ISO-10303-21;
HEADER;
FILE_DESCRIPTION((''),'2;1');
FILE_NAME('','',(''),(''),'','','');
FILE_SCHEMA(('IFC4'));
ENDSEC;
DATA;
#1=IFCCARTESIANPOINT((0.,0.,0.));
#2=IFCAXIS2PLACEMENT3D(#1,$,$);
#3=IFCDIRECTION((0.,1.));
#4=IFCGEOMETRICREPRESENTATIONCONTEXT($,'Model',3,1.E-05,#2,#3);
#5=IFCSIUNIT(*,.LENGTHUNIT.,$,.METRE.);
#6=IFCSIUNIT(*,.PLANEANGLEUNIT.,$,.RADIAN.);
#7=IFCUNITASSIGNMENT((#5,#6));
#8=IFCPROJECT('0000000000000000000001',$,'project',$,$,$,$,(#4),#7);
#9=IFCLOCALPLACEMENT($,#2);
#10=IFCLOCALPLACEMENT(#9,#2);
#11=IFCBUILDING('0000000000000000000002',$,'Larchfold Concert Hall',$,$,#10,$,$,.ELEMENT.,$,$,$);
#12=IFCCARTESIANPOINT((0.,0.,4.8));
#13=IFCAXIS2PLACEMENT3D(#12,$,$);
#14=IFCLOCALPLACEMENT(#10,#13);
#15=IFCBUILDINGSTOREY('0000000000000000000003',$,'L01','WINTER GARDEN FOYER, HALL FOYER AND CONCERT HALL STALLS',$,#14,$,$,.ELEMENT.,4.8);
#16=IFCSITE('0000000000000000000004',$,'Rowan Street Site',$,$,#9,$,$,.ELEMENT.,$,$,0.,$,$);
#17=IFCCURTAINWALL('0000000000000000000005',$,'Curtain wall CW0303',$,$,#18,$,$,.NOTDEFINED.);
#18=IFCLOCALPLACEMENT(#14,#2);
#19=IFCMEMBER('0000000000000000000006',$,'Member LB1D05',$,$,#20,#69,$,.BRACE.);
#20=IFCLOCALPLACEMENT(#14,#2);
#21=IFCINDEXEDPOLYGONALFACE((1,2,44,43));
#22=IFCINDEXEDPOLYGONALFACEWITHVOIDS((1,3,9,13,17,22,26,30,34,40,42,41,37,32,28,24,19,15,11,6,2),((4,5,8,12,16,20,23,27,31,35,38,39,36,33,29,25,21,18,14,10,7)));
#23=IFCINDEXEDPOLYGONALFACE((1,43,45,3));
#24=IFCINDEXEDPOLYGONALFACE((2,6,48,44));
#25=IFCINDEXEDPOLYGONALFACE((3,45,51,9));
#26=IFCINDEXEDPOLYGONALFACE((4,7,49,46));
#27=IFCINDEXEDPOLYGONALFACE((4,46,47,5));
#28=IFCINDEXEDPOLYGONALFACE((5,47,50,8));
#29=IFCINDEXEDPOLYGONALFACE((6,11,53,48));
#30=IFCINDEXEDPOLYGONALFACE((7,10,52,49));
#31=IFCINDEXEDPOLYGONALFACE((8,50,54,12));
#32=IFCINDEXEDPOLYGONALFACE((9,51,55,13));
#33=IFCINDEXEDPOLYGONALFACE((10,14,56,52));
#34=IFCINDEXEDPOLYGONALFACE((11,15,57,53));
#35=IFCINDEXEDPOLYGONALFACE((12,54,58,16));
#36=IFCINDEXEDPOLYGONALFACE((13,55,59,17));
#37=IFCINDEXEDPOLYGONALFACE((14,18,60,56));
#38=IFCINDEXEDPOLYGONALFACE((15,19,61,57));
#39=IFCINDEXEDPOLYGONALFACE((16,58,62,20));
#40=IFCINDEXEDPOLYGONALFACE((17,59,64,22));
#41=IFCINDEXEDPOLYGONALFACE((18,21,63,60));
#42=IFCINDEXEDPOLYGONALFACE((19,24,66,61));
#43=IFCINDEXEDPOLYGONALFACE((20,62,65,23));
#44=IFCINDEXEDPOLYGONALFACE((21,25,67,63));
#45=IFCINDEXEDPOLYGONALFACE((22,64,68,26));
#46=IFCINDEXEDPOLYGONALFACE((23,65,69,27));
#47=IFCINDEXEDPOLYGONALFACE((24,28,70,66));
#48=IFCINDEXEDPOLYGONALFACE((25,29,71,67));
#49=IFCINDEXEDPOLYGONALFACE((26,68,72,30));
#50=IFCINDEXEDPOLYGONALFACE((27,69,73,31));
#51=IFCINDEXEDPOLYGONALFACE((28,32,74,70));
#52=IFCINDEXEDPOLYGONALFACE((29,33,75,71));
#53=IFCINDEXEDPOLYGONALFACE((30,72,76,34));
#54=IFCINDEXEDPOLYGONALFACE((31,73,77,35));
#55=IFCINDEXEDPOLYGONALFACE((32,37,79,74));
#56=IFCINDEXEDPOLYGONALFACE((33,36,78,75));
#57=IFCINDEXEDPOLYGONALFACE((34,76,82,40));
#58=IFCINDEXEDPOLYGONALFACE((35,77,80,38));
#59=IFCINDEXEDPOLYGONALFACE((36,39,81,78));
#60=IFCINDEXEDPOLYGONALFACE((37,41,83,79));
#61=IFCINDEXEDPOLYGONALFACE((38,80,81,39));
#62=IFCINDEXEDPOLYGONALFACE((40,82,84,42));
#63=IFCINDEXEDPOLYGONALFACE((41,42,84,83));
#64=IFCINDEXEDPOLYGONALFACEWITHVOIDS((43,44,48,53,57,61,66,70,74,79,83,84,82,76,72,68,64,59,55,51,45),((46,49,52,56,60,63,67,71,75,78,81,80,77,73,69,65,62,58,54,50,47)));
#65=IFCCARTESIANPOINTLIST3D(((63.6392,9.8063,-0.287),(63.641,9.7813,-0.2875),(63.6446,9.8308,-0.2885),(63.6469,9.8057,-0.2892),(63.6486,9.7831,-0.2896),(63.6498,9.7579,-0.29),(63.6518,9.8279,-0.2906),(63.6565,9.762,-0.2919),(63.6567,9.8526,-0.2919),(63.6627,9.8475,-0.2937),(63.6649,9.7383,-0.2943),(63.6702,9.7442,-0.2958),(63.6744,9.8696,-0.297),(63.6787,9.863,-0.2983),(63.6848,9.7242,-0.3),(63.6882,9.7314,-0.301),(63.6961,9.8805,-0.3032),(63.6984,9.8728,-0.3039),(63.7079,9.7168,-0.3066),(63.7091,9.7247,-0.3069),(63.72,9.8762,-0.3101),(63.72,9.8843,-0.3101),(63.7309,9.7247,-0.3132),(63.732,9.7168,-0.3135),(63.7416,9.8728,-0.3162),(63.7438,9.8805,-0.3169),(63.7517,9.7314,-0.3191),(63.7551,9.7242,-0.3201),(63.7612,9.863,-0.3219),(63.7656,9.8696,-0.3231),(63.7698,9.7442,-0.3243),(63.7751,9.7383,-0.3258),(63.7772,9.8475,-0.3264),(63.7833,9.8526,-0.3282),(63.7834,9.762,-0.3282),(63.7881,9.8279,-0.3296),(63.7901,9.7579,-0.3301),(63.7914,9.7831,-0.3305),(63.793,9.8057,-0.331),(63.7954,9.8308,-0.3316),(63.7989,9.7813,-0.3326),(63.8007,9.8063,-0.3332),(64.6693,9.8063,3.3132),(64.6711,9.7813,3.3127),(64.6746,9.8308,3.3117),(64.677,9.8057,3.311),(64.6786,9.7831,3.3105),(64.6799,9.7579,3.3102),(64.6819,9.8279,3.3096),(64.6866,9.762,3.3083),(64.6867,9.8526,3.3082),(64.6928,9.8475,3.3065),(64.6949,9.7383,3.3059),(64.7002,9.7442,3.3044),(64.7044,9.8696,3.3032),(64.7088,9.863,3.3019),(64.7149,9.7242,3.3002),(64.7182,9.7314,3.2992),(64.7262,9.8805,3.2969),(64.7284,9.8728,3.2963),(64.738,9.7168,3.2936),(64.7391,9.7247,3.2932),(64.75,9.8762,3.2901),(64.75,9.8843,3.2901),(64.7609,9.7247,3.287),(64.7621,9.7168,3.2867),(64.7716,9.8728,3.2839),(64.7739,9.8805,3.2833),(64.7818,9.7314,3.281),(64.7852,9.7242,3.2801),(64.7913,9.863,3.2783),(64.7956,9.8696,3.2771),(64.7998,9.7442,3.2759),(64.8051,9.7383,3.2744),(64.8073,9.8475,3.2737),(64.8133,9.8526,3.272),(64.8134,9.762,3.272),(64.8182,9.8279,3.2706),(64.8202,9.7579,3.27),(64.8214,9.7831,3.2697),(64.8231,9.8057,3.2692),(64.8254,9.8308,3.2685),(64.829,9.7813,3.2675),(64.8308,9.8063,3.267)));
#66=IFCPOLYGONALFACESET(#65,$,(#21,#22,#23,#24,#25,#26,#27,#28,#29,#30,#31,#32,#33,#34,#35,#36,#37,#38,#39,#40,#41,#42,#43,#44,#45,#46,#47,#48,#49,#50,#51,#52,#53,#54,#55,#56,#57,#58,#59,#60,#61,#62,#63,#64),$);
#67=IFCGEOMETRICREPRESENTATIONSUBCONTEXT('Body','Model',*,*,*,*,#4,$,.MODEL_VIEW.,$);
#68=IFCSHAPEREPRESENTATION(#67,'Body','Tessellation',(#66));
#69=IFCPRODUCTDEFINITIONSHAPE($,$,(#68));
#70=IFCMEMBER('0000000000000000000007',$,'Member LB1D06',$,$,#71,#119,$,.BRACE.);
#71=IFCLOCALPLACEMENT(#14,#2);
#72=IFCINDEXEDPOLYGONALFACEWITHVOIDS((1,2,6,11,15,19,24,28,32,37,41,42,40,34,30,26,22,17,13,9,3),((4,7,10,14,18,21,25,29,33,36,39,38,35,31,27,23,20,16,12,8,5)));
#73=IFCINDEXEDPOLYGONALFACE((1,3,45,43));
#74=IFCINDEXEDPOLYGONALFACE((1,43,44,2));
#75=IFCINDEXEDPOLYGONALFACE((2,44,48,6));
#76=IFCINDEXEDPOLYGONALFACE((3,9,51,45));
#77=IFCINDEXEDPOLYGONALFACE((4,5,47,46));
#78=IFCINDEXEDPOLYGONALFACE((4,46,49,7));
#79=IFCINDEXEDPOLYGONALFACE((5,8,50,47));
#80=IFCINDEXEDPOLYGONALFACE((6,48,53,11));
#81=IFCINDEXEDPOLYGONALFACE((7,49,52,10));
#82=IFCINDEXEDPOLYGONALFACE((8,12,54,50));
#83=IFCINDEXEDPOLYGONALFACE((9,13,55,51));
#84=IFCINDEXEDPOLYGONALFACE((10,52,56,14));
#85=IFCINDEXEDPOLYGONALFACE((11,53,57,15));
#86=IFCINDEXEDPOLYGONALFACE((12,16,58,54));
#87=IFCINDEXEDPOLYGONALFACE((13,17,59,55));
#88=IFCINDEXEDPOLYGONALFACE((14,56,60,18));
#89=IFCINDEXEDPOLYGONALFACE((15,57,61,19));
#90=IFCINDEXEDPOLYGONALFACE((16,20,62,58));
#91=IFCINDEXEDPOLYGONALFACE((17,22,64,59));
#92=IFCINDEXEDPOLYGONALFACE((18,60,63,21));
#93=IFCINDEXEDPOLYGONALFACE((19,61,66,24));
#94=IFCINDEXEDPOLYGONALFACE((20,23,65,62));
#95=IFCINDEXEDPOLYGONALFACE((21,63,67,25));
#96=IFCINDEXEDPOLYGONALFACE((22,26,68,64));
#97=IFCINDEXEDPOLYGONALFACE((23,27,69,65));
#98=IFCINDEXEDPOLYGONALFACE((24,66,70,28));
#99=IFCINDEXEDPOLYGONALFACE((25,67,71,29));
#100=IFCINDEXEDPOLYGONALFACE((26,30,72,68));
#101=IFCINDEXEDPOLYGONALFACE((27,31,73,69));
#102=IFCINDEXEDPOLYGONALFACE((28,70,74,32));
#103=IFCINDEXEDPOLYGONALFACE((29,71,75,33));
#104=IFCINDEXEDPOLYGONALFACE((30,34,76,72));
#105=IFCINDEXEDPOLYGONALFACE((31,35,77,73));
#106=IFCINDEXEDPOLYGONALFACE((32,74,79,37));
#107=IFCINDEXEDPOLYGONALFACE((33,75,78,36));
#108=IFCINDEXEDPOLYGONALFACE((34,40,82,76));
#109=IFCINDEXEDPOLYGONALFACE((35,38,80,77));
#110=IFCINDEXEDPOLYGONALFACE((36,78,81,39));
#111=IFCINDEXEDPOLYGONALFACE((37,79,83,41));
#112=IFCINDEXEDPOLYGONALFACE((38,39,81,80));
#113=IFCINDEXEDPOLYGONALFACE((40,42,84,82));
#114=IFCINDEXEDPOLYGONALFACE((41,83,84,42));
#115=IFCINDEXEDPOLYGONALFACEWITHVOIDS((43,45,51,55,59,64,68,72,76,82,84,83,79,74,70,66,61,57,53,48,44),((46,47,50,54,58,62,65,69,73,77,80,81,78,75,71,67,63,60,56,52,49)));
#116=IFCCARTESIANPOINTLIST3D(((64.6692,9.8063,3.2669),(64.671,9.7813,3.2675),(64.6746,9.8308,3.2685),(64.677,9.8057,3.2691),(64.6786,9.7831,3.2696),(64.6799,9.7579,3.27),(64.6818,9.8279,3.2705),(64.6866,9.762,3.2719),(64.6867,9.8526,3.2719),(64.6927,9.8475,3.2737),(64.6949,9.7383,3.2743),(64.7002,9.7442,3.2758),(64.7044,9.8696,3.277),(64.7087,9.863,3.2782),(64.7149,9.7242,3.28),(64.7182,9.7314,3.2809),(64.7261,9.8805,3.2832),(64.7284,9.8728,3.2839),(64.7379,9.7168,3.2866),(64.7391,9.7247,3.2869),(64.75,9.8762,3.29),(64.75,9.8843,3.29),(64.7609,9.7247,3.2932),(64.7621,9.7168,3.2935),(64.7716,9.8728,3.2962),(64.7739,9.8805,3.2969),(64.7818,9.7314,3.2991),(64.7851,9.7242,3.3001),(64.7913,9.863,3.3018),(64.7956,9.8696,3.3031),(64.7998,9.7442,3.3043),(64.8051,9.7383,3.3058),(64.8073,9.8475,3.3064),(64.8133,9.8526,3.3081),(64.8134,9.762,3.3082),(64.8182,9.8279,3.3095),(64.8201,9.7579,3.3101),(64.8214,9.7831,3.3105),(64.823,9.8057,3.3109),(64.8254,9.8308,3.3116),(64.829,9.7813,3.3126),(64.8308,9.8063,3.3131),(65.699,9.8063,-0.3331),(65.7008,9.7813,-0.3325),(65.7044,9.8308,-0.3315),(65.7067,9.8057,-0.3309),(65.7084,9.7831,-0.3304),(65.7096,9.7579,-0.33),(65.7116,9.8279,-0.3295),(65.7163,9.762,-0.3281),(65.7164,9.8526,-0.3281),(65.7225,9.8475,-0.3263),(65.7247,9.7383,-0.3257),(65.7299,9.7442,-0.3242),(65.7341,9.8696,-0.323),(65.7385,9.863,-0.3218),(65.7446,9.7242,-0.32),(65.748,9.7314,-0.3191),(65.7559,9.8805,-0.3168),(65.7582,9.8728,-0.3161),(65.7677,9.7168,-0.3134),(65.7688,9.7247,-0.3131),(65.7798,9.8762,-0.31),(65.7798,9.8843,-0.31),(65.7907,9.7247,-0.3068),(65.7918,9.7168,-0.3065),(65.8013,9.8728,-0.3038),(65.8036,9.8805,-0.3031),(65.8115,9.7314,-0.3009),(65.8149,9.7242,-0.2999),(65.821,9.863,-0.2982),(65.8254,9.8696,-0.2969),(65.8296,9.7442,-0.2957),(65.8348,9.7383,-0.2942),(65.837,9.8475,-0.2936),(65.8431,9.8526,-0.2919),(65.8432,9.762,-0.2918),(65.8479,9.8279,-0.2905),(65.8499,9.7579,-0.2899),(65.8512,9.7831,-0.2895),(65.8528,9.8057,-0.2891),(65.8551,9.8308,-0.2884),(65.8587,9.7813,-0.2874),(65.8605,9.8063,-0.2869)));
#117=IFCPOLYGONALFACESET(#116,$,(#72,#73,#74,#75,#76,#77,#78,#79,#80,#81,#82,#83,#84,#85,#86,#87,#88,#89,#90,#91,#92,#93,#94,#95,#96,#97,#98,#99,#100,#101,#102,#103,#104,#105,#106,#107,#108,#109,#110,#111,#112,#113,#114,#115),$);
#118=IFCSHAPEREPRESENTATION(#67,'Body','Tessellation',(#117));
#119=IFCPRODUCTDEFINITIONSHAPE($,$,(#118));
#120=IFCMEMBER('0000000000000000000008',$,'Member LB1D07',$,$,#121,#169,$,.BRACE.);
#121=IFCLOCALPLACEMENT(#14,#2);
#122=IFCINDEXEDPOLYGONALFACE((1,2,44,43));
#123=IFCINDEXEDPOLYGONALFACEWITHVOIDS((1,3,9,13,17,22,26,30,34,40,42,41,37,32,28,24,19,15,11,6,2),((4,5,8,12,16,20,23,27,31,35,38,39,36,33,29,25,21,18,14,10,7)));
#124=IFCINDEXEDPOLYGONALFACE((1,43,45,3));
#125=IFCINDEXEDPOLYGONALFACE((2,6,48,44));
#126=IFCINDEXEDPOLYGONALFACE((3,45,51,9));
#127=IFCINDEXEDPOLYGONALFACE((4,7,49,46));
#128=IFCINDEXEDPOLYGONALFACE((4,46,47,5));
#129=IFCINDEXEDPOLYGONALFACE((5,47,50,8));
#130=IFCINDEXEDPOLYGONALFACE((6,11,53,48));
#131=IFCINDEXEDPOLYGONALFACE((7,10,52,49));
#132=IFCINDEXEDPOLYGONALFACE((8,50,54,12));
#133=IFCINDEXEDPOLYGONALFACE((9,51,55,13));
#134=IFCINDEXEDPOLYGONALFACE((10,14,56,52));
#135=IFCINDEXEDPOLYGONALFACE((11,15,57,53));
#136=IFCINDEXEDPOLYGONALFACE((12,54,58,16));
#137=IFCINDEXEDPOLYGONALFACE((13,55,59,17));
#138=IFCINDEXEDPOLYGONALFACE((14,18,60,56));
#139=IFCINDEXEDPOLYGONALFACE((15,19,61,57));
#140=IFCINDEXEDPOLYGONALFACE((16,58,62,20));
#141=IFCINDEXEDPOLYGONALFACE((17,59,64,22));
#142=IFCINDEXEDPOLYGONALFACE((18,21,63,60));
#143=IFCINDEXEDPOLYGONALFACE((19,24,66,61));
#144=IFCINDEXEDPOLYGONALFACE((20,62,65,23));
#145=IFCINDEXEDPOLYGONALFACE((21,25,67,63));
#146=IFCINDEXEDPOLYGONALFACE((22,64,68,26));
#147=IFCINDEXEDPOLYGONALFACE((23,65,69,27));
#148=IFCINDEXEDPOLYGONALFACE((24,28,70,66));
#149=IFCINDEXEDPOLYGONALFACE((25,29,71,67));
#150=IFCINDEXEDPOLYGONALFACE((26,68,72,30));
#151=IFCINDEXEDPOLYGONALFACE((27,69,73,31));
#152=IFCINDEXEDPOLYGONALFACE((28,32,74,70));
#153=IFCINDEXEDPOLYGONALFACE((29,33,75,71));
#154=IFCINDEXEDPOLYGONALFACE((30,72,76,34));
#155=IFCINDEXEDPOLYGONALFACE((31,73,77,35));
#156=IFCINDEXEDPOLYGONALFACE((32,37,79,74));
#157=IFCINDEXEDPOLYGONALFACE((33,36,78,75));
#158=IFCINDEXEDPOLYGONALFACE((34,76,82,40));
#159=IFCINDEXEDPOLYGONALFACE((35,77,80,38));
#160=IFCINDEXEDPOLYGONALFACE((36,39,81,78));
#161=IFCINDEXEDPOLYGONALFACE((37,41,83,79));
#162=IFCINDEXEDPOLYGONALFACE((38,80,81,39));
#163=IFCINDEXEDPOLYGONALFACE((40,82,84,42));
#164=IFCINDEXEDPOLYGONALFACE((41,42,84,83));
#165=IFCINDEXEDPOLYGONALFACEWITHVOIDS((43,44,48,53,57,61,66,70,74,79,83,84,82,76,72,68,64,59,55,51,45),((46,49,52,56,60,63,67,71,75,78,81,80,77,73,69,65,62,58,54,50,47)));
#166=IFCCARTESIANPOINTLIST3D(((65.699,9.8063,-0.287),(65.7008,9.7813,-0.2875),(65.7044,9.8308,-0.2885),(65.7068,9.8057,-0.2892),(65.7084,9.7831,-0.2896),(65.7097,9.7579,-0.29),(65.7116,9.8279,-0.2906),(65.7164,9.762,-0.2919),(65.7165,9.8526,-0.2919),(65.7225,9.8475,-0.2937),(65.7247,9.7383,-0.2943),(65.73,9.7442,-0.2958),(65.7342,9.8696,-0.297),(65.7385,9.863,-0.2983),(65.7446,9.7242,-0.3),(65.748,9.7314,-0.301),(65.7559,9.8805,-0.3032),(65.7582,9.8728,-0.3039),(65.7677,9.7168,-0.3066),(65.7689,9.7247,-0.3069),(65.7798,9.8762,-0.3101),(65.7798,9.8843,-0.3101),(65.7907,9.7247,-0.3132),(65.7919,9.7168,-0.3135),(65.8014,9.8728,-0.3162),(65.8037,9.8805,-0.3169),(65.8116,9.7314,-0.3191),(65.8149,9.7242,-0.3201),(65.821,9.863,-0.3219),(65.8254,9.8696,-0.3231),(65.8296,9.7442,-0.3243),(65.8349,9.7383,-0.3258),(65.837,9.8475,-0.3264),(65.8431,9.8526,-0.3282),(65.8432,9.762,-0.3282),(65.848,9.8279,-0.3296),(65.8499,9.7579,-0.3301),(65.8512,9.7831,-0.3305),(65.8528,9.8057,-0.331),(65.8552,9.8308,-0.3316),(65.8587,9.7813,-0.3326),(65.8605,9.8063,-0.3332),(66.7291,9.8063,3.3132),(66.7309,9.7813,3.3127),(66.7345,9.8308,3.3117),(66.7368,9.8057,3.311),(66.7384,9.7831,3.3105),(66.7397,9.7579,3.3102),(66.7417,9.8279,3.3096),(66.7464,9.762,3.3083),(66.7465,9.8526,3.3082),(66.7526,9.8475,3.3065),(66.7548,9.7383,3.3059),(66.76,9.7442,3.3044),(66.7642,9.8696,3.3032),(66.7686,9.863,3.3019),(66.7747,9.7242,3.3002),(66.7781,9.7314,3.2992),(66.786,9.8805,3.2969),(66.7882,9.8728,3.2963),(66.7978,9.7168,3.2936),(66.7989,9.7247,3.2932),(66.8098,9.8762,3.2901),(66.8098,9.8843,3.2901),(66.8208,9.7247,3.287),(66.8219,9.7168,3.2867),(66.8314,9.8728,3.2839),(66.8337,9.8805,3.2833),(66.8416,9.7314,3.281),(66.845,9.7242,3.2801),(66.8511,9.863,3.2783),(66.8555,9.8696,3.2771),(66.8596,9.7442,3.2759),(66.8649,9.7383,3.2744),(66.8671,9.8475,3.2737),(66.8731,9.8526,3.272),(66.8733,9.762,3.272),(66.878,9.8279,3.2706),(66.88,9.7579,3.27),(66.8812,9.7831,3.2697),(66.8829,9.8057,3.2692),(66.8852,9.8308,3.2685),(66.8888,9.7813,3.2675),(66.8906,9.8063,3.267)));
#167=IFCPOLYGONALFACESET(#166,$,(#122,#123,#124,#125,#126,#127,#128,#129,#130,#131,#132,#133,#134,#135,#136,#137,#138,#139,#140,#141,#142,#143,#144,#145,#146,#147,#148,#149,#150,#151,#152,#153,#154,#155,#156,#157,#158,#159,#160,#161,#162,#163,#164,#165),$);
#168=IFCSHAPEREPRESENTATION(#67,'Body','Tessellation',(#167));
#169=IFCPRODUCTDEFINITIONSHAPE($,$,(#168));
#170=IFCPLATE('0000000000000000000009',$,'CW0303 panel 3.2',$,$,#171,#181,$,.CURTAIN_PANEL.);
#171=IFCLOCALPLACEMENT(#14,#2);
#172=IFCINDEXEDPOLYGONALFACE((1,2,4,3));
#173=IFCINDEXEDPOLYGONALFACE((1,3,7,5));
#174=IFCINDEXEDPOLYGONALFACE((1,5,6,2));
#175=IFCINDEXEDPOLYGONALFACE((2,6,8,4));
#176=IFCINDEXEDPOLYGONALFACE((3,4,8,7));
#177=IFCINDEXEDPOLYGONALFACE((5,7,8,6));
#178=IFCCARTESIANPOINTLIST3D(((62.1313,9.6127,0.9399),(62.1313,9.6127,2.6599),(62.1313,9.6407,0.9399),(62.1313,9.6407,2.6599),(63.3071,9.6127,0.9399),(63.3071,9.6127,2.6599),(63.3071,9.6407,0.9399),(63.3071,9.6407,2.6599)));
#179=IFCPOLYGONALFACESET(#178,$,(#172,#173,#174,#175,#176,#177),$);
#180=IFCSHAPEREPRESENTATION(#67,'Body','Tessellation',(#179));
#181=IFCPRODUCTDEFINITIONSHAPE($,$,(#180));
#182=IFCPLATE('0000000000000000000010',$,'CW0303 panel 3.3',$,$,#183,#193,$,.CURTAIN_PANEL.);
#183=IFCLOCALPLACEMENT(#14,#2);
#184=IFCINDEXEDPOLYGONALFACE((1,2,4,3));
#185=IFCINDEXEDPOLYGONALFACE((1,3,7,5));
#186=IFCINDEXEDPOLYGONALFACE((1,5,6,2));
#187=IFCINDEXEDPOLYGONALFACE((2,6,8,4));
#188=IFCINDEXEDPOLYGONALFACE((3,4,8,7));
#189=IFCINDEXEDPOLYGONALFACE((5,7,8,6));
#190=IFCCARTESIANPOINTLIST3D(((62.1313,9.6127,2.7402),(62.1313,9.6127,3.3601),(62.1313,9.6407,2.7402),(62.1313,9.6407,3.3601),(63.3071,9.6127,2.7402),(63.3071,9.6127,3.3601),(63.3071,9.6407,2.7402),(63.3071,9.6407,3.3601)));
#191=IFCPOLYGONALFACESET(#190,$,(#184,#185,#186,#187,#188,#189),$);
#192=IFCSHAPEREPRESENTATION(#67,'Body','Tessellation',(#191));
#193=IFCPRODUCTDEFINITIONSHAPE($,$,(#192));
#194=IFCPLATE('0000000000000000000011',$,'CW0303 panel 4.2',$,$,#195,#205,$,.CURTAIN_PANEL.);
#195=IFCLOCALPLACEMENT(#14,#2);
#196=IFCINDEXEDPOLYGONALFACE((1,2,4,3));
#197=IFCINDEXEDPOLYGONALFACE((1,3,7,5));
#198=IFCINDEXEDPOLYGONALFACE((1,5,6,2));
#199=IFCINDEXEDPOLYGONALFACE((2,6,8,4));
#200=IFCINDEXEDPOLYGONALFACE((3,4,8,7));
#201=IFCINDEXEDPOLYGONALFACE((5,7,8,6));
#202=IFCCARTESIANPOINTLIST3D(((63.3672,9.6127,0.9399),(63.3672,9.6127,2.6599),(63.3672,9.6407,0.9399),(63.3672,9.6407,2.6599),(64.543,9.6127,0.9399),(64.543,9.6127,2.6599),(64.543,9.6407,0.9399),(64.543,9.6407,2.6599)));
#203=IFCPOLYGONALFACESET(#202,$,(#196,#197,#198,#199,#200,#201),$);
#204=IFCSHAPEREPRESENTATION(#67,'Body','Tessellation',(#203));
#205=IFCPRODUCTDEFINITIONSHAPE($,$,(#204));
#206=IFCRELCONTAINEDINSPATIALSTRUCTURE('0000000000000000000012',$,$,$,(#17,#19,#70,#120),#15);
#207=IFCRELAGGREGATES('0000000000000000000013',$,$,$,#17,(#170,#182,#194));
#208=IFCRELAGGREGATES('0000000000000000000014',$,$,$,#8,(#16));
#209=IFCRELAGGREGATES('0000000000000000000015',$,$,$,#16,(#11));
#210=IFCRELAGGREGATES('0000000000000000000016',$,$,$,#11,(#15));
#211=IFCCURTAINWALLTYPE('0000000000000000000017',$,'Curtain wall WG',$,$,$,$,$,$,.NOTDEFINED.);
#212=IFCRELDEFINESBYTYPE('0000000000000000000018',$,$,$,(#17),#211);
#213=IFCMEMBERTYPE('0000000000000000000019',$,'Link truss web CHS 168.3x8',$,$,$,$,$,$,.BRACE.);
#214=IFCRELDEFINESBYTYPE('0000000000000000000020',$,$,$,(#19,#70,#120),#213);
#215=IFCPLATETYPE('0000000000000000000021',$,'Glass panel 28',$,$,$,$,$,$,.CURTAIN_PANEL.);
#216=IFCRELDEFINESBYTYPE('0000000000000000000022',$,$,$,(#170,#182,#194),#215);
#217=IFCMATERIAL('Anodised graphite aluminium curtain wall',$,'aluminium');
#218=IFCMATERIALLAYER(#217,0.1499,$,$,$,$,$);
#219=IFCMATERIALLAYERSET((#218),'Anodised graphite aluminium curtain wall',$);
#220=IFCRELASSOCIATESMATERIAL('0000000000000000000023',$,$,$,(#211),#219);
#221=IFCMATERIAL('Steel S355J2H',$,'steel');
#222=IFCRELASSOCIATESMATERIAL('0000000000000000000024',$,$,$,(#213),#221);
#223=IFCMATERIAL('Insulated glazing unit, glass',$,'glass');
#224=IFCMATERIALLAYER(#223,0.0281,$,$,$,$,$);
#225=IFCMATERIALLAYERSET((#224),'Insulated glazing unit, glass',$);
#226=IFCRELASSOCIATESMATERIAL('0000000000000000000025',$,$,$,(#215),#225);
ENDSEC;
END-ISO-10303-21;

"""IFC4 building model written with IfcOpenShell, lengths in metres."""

from ifc_helpers import new_model, si_unit, direction, frame, origin, origin_2d, place, context, subcontext, project, spatial, rectangle, hollow_circle, extrude, material, layer, layer_set, material_profile, profile_set, type_object, element, aggregate, save


model = new_model("IFC4")

# Units and contexts
model_context = context("Model", 3, precision=1e-05, world=origin(), true_north=direction((0.0, 1.0)))
body_context = subcontext(model_context, "Body", "Model", "MODEL_VIEW")
ifc_project = project(units=[si_unit("LENGTHUNIT", "METRE"), si_unit("PLANEANGLEUNIT", "RADIAN")], contexts=[model_context])

# Site, building, storey
site_placement = place(None, origin())
site = spatial("IfcSite", under=ifc_project, at=site_placement, Name="Rowan Street Site", CompositionType="ELEMENT", RefElevation=0.0)
building_placement = place(site_placement, origin())
building = spatial("IfcBuilding", under=site, at=building_placement, Name="Larchfold Concert Hall", CompositionType="ELEMENT")
storey_placement = place(building_placement, frame((0.0, 0.0, 4.8)))
storey = spatial("IfcBuildingStorey", under=building, at=storey_placement, Name="L01", Description="WINTER GARDEN FOYER, HALL FOYER AND CONCERT HALL STALLS", CompositionType="ELEMENT", Elevation=4.8)

# Curtain wall
ifc_material_1 = material(Name="Anodised graphite aluminium curtain wall", Category="aluminium")
ifc_layer_1 = layer(ifc_material_1, 0.1499)
ifc_layer_set_1 = layer_set([ifc_layer_1], Name="Anodised graphite aluminium curtain wall")
curtain_wall_type = type_object("IfcCurtainWallType", Name="Curtain wall WG", PredefinedType="NOTDEFINED", material=ifc_layer_set_1)
curtain_wall_1_placement = place(storey_placement, origin())
curtain_wall_1 = element("IfcCurtainWall", 1, at=curtain_wall_1_placement, inside=storey, type_object=curtain_wall_type, Name="Curtain wall CW0303", PredefinedType="NOTDEFINED")

# Members
ifc_material_2 = material(Name="Steel S355J2H", Category="steel")
ifc_material_profile_1 = material_profile(ifc_material_2, hollow_circle(Radius=0.0842, WallThickness=0.0081, at=origin_2d()))
ifc_profile_set_1 = profile_set([ifc_material_profile_1], Name="Steel S355J2H")
member_type_1 = type_object("IfcMemberType", Name="Link truss web CHS 168.3x8", PredefinedType="BRACE", material=ifc_profile_set_1)
for number, where, z_axis, x_axis, name in (
    (2, (63.72, 9.8, -0.3101), (0.275074, 0.0, 0.961423), (0.0, 1.0, 0.0), "Member LB1D05"),
):
    element("IfcMember", number, at=place(storey_placement, frame(where, z_axis=z_axis, x_axis=x_axis)), inside=storey, type_object=member_type_1, Name=name, PredefinedType="BRACE", context=body_context, shape_type="SweptSolid", body=[
        extrude(hollow_circle(Radius=0.0842, WallThickness=0.0081, at=origin_2d()), origin(), (0.0, 0.0, 1.0), 3.7446),
    ])
member_1_placement = place(storey_placement, frame((64.75, 9.8, 3.29), z_axis=(0.275014, 0.0, -0.96144), x_axis=(0.0, 1.0, 0.0)))
element("IfcMember", 3, at=member_1_placement, inside=storey, type_object=member_type_1, Name="Member LB1D06", PredefinedType="BRACE", context=body_context, shape_type="SweptSolid", body=[
    extrude(hollow_circle(Radius=0.0842, WallThickness=0.0081, at=origin_2d()), origin(), (0.0, 0.0, 1.0), 3.7444),
])
member_2_placement = place(storey_placement, frame((65.7798, 9.8, -0.3101), z_axis=(0.275074, 0.0, 0.961423), x_axis=(0.0, 1.0, 0.0)))
element("IfcMember", 4, at=member_2_placement, inside=storey, type_object=member_type_1, Name="Member LB1D07", PredefinedType="BRACE", context=body_context, shape_type="SweptSolid", body=[
    extrude(hollow_circle(Radius=0.0842, WallThickness=0.0081, at=origin_2d()), origin(), (0.0, 0.0, 1.0), 3.7446),
])

# Plates
ifc_material_3 = material(Name="Insulated glazing unit, glass", Category="glass")
ifc_layer_2 = layer(ifc_material_3, 0.0281)
ifc_layer_set_2 = layer_set([ifc_layer_2], Name="Insulated glazing unit, glass")
plate_type_1 = type_object("IfcPlateType", Name="Glass panel 28", PredefinedType="CURTAIN_PANEL", material=ifc_layer_set_2)
plate_1_placement = place(storey_placement, frame((62.7192, 9.6267, 0.9399), z_axis=(0.0, 0.0, 1.0), x_axis=(1.0, 0.0, 0.0)))
plate_1 = element("IfcPlate", 5, at=plate_1_placement, type_object=plate_type_1, Name="CW0303 panel 3.2", PredefinedType="CURTAIN_PANEL", context=body_context, shape_type="SweptSolid", body=[
    extrude(rectangle(XDim=1.1758, YDim=0.0281, at=origin_2d()), origin(), (0.0, 0.0, 1.0), 1.72),
])
plate_2_placement = place(storey_placement, frame((62.7192, 9.6267, 2.7402), z_axis=(0.0, 0.0, 1.0), x_axis=(1.0, 0.0, 0.0)))
plate_2 = element("IfcPlate", 6, at=plate_2_placement, type_object=plate_type_1, Name="CW0303 panel 3.3", PredefinedType="CURTAIN_PANEL", context=body_context, shape_type="SweptSolid", body=[
    extrude(rectangle(XDim=1.1758, YDim=0.0281, at=origin_2d()), origin(), (0.0, 0.0, 1.0), 0.6199),
])
plate_3_placement = place(storey_placement, frame((63.9551, 9.6267, 0.9399), z_axis=(0.0, 0.0, 1.0), x_axis=(1.0, 0.0, 0.0)))
plate_3 = element("IfcPlate", 7, at=plate_3_placement, type_object=plate_type_1, Name="CW0303 panel 4.2", PredefinedType="CURTAIN_PANEL", context=body_context, shape_type="SweptSolid", body=[
    extrude(rectangle(XDim=1.1758, YDim=0.0281, at=origin_2d()), origin(), (0.0, 0.0, 1.0), 1.72),
])
aggregate(curtain_wall_1, [plate_1, plate_2, plate_3])

save(model, "model.ifc")
